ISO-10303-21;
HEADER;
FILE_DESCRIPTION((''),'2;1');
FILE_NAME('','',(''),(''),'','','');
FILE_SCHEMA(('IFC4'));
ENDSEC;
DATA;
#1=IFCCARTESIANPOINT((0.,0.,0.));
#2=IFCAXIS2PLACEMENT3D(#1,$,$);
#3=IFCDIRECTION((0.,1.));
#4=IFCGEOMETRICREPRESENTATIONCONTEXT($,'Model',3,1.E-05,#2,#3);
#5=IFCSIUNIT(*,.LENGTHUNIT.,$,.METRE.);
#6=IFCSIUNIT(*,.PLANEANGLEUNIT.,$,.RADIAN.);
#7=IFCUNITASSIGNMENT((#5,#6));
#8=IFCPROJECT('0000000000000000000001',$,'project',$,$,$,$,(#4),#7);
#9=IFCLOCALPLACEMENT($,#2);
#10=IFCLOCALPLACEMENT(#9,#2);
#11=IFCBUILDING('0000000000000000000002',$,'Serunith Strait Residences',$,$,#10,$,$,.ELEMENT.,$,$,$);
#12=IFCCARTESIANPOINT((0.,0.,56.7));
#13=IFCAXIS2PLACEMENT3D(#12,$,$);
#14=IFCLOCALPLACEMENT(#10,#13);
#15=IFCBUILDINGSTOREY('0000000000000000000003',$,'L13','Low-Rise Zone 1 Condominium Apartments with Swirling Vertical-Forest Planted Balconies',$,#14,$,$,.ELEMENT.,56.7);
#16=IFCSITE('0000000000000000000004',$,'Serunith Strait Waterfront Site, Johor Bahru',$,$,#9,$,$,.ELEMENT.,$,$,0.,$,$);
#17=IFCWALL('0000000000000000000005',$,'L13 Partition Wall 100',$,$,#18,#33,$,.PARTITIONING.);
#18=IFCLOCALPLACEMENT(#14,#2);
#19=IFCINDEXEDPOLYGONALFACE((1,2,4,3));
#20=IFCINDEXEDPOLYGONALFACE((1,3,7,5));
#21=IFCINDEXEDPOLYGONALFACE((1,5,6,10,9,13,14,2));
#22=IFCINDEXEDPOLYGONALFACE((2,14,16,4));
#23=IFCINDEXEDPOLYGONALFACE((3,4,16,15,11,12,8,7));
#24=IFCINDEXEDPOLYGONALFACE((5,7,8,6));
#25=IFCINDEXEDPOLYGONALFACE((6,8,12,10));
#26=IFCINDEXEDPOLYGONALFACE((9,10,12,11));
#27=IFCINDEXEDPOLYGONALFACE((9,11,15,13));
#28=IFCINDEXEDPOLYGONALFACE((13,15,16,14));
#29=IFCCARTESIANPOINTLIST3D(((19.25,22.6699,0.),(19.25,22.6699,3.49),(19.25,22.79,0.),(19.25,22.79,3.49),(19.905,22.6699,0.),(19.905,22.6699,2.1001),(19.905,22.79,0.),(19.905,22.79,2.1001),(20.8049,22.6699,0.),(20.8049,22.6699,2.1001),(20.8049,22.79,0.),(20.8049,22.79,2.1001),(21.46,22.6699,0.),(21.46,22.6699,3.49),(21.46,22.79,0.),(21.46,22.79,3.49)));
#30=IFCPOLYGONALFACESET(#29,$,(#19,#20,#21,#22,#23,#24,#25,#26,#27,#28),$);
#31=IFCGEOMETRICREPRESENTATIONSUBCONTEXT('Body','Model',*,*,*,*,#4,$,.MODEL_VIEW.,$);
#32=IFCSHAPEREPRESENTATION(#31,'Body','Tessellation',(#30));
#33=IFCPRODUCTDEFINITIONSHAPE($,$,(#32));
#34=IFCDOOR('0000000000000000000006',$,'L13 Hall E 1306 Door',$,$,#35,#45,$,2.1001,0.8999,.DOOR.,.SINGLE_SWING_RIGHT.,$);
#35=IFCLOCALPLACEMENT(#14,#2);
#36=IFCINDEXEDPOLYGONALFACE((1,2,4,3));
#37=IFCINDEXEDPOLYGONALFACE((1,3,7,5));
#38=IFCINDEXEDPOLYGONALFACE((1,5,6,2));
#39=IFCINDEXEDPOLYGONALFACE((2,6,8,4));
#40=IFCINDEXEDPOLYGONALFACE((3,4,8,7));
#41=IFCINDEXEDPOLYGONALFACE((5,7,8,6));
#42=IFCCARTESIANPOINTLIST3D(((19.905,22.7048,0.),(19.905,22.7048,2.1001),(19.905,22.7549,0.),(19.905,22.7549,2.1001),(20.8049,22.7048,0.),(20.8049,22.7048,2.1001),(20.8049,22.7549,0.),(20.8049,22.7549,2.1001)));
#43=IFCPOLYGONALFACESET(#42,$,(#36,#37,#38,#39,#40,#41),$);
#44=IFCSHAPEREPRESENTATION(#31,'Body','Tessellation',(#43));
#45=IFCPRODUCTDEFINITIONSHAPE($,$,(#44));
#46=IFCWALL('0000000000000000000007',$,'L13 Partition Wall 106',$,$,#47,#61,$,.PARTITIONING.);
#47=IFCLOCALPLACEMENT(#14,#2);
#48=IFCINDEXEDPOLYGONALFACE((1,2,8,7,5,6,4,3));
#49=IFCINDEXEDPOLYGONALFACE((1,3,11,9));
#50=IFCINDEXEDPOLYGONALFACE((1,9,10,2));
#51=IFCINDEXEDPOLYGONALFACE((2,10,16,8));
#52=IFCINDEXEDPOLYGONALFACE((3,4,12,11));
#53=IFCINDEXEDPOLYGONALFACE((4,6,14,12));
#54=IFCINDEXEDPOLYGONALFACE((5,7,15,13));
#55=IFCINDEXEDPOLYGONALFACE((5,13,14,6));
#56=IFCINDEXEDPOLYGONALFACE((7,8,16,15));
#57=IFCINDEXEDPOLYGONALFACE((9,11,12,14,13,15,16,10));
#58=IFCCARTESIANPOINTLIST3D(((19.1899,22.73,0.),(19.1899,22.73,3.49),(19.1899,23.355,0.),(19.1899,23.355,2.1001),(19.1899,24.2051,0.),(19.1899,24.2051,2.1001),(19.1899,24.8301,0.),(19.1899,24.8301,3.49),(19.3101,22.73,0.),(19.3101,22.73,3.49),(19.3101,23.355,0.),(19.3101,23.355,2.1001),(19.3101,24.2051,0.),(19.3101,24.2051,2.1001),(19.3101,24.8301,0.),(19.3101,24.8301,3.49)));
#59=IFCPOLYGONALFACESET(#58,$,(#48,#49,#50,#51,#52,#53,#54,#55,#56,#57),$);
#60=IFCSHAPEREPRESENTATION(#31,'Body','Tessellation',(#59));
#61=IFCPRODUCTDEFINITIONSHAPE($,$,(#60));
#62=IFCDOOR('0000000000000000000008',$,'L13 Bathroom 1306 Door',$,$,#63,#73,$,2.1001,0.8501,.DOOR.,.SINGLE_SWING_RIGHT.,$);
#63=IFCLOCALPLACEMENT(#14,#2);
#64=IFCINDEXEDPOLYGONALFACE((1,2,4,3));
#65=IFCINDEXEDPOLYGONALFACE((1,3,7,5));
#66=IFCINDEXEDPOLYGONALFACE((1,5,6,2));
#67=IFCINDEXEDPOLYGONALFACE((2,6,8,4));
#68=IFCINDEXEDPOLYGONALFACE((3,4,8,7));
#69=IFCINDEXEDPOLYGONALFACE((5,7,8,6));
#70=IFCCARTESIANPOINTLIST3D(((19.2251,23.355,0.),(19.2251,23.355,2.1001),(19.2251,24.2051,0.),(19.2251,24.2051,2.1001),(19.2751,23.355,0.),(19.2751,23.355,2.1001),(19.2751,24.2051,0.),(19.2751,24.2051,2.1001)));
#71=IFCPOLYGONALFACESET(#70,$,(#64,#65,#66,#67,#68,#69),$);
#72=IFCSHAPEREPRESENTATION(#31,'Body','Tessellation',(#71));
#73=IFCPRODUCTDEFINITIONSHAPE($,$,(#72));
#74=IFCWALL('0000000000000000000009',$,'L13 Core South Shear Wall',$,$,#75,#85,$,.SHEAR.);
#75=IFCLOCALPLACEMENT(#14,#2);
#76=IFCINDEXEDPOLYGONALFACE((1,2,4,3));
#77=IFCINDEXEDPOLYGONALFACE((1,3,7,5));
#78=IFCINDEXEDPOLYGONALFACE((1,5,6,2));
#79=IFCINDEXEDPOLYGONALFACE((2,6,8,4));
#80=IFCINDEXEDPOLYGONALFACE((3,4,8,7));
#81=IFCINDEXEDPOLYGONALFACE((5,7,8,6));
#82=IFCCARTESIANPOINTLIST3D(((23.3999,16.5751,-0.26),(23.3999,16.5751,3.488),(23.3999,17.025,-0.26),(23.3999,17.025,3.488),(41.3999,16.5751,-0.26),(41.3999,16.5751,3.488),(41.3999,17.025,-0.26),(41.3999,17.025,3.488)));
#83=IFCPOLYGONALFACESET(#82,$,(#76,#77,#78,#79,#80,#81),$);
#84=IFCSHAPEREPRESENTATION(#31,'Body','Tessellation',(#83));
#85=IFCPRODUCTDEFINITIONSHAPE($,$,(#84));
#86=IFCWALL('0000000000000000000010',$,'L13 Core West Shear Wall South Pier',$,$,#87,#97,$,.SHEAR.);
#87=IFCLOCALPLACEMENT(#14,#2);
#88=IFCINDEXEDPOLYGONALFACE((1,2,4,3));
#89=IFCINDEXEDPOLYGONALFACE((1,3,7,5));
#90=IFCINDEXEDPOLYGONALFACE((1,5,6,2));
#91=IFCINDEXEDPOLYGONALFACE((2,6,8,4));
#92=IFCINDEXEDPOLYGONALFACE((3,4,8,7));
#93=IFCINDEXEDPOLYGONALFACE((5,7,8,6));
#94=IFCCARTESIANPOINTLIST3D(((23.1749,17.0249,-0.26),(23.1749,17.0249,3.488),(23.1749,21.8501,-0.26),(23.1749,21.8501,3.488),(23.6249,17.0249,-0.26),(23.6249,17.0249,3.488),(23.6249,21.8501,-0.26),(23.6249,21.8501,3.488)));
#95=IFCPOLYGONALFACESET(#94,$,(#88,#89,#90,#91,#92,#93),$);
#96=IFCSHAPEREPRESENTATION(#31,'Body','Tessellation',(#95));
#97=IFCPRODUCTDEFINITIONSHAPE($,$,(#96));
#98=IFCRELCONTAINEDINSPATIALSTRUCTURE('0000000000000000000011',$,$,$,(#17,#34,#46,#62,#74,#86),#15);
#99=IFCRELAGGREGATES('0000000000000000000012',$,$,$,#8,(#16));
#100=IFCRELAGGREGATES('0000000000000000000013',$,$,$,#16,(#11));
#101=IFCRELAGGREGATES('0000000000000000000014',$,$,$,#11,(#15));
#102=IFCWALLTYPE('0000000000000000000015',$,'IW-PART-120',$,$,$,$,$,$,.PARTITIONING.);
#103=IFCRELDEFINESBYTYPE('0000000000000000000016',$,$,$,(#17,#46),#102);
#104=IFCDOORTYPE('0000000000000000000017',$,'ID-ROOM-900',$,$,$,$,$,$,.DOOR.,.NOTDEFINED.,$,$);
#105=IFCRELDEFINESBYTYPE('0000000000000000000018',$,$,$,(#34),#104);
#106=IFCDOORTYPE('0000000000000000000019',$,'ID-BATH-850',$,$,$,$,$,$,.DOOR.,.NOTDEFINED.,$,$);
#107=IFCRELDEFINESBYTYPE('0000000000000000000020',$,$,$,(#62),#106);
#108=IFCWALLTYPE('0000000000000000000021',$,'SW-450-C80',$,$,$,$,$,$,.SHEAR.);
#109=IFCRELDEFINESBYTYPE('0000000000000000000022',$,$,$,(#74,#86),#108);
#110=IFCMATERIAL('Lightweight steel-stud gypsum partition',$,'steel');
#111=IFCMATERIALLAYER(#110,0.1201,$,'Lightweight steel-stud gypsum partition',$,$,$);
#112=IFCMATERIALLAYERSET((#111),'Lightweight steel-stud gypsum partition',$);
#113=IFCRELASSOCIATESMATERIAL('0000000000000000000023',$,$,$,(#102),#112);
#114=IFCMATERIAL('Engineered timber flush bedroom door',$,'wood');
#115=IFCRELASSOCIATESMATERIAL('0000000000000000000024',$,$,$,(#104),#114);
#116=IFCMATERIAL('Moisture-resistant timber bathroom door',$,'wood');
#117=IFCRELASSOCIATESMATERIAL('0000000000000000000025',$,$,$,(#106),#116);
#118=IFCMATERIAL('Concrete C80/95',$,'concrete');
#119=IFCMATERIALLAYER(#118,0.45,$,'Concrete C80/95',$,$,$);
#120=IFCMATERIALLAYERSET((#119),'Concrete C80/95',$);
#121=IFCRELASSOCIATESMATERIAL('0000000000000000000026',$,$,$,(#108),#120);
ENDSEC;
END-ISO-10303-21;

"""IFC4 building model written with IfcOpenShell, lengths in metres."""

from ifc_helpers import new_model, si_unit, direction, frame, frame_2d, origin, place, context, subcontext, project, spatial, rectangle, extrude, source, transform, mapped, material, layer, layer_set, type_object, element, fill, save


model = new_model("IFC4")

# Units and contexts
model_context = context("Model", 3, precision=1e-05, world=origin(), true_north=direction((0.0, 1.0)))
body_context = subcontext(model_context, "Body", "Model", "MODEL_VIEW")
ifc_project = project(units=[si_unit("LENGTHUNIT", "METRE"), si_unit("PLANEANGLEUNIT", "RADIAN")], contexts=[model_context])

# Site, building, storey
site_placement = place(None, origin())
site = spatial("IfcSite", under=ifc_project, at=site_placement, Name="Serunith Strait Waterfront Site, Johor Bahru", CompositionType="ELEMENT", RefElevation=0.0)
building_placement = place(site_placement, origin())
building = spatial("IfcBuilding", under=site, at=building_placement, Name="Serunith Strait Residences", CompositionType="ELEMENT")
storey_placement = place(building_placement, frame((0.0, 0.0, 56.7)))
storey = spatial("IfcBuildingStorey", under=building, at=storey_placement, Name="L13", Description="Low-Rise Zone 1 Condominium Apartments with Swirling Vertical-Forest Planted Balconies", CompositionType="ELEMENT", Elevation=56.7)

# Shared definitions
ifc_material_1 = material(Name="Lightweight steel-stud gypsum partition", Category="steel")
ifc_layer_1 = layer(ifc_material_1, 0.1201, Name="Lightweight steel-stud gypsum partition")
ifc_layer_set_1 = layer_set([ifc_layer_1], Name="Lightweight steel-stud gypsum partition")
wall_type_1 = type_object("IfcWallType", Name="IW-PART-120", PredefinedType="PARTITIONING", material=ifc_layer_set_1)
shared_shape_1 = source(origin(), body_context, "Body", "SweptSolid", [
    extrude(rectangle(XDim=0.8501, YDim=2.1001, at=frame_2d((0.425, 1.05))), frame((0.0, 0.0249, 0.0), z_axis=(0.0, -1.0, 0.0), x_axis=(1.0, 0.0, 0.0)), (0.0, 0.0, 1.0), 0.05),
])

# Walls, openings, doors
wall_1_placement = place(storey_placement, frame((19.25, 22.73, 0.0), z_axis=(0.0, 0.0, 1.0), x_axis=(1.0, 0.0, 0.0)))
wall_1 = element("IfcWall", 1, at=wall_1_placement, inside=storey, type_object=wall_type_1, Name="L13 Partition Wall 100", PredefinedType="PARTITIONING", context=body_context, shape_type="SweptSolid", body=[
    extrude(rectangle(XDim=2.21, YDim=0.1201, at=frame_2d((1.105, 0.0))), origin(), (0.0, 0.0, 1.0), 3.49),
])
opening_1_placement = place(wall_1_placement, frame((0.655, 0.0, 0.0)))
opening_1 = element("IfcOpeningElement", 2, at=opening_1_placement, cuts=wall_1, PredefinedType="OPENING", context=body_context, shape_type="SweptSolid", body=[
    extrude(rectangle(XDim=0.8999, YDim=2.1001, at=frame_2d((0.45, 1.05))), frame((0.0, 0.0701, 0.0), z_axis=(0.0, -1.0, 0.0), x_axis=(1.0, 0.0, 0.0)), (0.0, 0.0, 1.0), 0.1401),
])
ifc_material_2 = material(Name="Engineered timber flush bedroom door", Category="wood")
door_type_1 = type_object("IfcDoorType", Name="ID-ROOM-900", OperationType="NOTDEFINED", PredefinedType="DOOR", material=ifc_material_2)
shared_shape_2 = source(origin(), body_context, "Body", "SweptSolid", [
    extrude(rectangle(XDim=0.8999, YDim=2.1001, at=frame_2d((0.45, 1.05))), frame((0.0, 0.0249, 0.0), z_axis=(0.0, -1.0, 0.0), x_axis=(1.0, 0.0, 0.0)), (0.0, 0.0, 1.0), 0.05),
])
door_1_placement = place(opening_1_placement, origin())
door_1 = element("IfcDoor", 3, at=door_1_placement, inside=storey, type_object=door_type_1, Name="L13 Hall E 1306 Door", OperationType="SINGLE_SWING_RIGHT", OverallHeight=2.1001, OverallWidth=0.8999, PredefinedType="DOOR", context=body_context, shape_type="MappedRepresentation", body=[
    mapped(shared_shape_2, transform((0.0, 0.0, 0.0), scale=1.0)),
])
fill(opening_1, door_1)
wall_2_placement = place(storey_placement, frame((19.25, 22.73, 0.0), z_axis=(0.0, 0.0, 1.0), x_axis=(0.0, 1.0, 0.0)))
wall_2 = element("IfcWall", 4, at=wall_2_placement, inside=storey, type_object=wall_type_1, Name="L13 Partition Wall 106", PredefinedType="PARTITIONING", context=body_context, shape_type="SweptSolid", body=[
    extrude(rectangle(XDim=2.1001, YDim=0.1201, at=frame_2d((1.05, 0.0))), origin(), (0.0, 0.0, 1.0), 3.49),
])
opening_2_placement = place(wall_2_placement, frame((0.625, 0.0, 0.0)))
opening_2 = element("IfcOpeningElement", 5, at=opening_2_placement, cuts=wall_2, PredefinedType="OPENING", context=body_context, shape_type="SweptSolid", body=[
    extrude(rectangle(XDim=0.8501, YDim=2.1001, at=frame_2d((0.425, 1.05))), frame((0.0, 0.0701, 0.0), z_axis=(0.0, -1.0, 0.0), x_axis=(1.0, 0.0, 0.0)), (0.0, 0.0, 1.0), 0.1401),
])
ifc_material_3 = material(Name="Moisture-resistant timber bathroom door", Category="wood")
door_type_2 = type_object("IfcDoorType", Name="ID-BATH-850", OperationType="NOTDEFINED", PredefinedType="DOOR", material=ifc_material_3)
door_2_placement = place(opening_2_placement, origin())
door_2 = element("IfcDoor", 6, at=door_2_placement, inside=storey, type_object=door_type_2, Name="L13 Bathroom 1306 Door", OperationType="SINGLE_SWING_RIGHT", OverallHeight=2.1001, OverallWidth=0.8501, PredefinedType="DOOR", context=body_context, shape_type="MappedRepresentation", body=[
    mapped(shared_shape_1, transform((0.0, 0.0, 0.0), scale=1.0)),
])
fill(opening_2, door_2)

# Walls
ifc_material_4 = material(Name="Concrete C80/95", Category="concrete")
ifc_layer_2 = layer(ifc_material_4, 0.45, Name="Concrete C80/95")
ifc_layer_set_2 = layer_set([ifc_layer_2], Name="Concrete C80/95")
wall_type_2 = type_object("IfcWallType", Name="SW-450-C80", PredefinedType="SHEAR", material=ifc_layer_set_2)
wall_3_placement = place(storey_placement, frame((23.3999, 16.8, -0.26), z_axis=(0.0, 0.0, 1.0), x_axis=(1.0, 0.0, 0.0)))
element("IfcWall", 7, at=wall_3_placement, inside=storey, type_object=wall_type_2, Name="L13 Core South Shear Wall", PredefinedType="SHEAR", context=body_context, shape_type="SweptSolid", body=[
    extrude(rectangle(XDim=18.0, YDim=0.45, at=frame_2d((9.0, 0.0))), origin(), (0.0, 0.0, 1.0), 3.748),
])
wall_4_placement = place(storey_placement, frame((23.3999, 17.0249, -0.26), z_axis=(0.0, 0.0, 1.0), x_axis=(0.0, 1.0, 0.0)))
element("IfcWall", 8, at=wall_4_placement, inside=storey, type_object=wall_type_2, Name="L13 Core West Shear Wall South Pier", PredefinedType="SHEAR", context=body_context, shape_type="SweptSolid", body=[
    extrude(rectangle(XDim=4.8252, YDim=0.45, at=frame_2d((2.4126, 0.0))), origin(), (0.0, 0.0, 1.0), 3.748),
])

save(model, "model.ifc")
